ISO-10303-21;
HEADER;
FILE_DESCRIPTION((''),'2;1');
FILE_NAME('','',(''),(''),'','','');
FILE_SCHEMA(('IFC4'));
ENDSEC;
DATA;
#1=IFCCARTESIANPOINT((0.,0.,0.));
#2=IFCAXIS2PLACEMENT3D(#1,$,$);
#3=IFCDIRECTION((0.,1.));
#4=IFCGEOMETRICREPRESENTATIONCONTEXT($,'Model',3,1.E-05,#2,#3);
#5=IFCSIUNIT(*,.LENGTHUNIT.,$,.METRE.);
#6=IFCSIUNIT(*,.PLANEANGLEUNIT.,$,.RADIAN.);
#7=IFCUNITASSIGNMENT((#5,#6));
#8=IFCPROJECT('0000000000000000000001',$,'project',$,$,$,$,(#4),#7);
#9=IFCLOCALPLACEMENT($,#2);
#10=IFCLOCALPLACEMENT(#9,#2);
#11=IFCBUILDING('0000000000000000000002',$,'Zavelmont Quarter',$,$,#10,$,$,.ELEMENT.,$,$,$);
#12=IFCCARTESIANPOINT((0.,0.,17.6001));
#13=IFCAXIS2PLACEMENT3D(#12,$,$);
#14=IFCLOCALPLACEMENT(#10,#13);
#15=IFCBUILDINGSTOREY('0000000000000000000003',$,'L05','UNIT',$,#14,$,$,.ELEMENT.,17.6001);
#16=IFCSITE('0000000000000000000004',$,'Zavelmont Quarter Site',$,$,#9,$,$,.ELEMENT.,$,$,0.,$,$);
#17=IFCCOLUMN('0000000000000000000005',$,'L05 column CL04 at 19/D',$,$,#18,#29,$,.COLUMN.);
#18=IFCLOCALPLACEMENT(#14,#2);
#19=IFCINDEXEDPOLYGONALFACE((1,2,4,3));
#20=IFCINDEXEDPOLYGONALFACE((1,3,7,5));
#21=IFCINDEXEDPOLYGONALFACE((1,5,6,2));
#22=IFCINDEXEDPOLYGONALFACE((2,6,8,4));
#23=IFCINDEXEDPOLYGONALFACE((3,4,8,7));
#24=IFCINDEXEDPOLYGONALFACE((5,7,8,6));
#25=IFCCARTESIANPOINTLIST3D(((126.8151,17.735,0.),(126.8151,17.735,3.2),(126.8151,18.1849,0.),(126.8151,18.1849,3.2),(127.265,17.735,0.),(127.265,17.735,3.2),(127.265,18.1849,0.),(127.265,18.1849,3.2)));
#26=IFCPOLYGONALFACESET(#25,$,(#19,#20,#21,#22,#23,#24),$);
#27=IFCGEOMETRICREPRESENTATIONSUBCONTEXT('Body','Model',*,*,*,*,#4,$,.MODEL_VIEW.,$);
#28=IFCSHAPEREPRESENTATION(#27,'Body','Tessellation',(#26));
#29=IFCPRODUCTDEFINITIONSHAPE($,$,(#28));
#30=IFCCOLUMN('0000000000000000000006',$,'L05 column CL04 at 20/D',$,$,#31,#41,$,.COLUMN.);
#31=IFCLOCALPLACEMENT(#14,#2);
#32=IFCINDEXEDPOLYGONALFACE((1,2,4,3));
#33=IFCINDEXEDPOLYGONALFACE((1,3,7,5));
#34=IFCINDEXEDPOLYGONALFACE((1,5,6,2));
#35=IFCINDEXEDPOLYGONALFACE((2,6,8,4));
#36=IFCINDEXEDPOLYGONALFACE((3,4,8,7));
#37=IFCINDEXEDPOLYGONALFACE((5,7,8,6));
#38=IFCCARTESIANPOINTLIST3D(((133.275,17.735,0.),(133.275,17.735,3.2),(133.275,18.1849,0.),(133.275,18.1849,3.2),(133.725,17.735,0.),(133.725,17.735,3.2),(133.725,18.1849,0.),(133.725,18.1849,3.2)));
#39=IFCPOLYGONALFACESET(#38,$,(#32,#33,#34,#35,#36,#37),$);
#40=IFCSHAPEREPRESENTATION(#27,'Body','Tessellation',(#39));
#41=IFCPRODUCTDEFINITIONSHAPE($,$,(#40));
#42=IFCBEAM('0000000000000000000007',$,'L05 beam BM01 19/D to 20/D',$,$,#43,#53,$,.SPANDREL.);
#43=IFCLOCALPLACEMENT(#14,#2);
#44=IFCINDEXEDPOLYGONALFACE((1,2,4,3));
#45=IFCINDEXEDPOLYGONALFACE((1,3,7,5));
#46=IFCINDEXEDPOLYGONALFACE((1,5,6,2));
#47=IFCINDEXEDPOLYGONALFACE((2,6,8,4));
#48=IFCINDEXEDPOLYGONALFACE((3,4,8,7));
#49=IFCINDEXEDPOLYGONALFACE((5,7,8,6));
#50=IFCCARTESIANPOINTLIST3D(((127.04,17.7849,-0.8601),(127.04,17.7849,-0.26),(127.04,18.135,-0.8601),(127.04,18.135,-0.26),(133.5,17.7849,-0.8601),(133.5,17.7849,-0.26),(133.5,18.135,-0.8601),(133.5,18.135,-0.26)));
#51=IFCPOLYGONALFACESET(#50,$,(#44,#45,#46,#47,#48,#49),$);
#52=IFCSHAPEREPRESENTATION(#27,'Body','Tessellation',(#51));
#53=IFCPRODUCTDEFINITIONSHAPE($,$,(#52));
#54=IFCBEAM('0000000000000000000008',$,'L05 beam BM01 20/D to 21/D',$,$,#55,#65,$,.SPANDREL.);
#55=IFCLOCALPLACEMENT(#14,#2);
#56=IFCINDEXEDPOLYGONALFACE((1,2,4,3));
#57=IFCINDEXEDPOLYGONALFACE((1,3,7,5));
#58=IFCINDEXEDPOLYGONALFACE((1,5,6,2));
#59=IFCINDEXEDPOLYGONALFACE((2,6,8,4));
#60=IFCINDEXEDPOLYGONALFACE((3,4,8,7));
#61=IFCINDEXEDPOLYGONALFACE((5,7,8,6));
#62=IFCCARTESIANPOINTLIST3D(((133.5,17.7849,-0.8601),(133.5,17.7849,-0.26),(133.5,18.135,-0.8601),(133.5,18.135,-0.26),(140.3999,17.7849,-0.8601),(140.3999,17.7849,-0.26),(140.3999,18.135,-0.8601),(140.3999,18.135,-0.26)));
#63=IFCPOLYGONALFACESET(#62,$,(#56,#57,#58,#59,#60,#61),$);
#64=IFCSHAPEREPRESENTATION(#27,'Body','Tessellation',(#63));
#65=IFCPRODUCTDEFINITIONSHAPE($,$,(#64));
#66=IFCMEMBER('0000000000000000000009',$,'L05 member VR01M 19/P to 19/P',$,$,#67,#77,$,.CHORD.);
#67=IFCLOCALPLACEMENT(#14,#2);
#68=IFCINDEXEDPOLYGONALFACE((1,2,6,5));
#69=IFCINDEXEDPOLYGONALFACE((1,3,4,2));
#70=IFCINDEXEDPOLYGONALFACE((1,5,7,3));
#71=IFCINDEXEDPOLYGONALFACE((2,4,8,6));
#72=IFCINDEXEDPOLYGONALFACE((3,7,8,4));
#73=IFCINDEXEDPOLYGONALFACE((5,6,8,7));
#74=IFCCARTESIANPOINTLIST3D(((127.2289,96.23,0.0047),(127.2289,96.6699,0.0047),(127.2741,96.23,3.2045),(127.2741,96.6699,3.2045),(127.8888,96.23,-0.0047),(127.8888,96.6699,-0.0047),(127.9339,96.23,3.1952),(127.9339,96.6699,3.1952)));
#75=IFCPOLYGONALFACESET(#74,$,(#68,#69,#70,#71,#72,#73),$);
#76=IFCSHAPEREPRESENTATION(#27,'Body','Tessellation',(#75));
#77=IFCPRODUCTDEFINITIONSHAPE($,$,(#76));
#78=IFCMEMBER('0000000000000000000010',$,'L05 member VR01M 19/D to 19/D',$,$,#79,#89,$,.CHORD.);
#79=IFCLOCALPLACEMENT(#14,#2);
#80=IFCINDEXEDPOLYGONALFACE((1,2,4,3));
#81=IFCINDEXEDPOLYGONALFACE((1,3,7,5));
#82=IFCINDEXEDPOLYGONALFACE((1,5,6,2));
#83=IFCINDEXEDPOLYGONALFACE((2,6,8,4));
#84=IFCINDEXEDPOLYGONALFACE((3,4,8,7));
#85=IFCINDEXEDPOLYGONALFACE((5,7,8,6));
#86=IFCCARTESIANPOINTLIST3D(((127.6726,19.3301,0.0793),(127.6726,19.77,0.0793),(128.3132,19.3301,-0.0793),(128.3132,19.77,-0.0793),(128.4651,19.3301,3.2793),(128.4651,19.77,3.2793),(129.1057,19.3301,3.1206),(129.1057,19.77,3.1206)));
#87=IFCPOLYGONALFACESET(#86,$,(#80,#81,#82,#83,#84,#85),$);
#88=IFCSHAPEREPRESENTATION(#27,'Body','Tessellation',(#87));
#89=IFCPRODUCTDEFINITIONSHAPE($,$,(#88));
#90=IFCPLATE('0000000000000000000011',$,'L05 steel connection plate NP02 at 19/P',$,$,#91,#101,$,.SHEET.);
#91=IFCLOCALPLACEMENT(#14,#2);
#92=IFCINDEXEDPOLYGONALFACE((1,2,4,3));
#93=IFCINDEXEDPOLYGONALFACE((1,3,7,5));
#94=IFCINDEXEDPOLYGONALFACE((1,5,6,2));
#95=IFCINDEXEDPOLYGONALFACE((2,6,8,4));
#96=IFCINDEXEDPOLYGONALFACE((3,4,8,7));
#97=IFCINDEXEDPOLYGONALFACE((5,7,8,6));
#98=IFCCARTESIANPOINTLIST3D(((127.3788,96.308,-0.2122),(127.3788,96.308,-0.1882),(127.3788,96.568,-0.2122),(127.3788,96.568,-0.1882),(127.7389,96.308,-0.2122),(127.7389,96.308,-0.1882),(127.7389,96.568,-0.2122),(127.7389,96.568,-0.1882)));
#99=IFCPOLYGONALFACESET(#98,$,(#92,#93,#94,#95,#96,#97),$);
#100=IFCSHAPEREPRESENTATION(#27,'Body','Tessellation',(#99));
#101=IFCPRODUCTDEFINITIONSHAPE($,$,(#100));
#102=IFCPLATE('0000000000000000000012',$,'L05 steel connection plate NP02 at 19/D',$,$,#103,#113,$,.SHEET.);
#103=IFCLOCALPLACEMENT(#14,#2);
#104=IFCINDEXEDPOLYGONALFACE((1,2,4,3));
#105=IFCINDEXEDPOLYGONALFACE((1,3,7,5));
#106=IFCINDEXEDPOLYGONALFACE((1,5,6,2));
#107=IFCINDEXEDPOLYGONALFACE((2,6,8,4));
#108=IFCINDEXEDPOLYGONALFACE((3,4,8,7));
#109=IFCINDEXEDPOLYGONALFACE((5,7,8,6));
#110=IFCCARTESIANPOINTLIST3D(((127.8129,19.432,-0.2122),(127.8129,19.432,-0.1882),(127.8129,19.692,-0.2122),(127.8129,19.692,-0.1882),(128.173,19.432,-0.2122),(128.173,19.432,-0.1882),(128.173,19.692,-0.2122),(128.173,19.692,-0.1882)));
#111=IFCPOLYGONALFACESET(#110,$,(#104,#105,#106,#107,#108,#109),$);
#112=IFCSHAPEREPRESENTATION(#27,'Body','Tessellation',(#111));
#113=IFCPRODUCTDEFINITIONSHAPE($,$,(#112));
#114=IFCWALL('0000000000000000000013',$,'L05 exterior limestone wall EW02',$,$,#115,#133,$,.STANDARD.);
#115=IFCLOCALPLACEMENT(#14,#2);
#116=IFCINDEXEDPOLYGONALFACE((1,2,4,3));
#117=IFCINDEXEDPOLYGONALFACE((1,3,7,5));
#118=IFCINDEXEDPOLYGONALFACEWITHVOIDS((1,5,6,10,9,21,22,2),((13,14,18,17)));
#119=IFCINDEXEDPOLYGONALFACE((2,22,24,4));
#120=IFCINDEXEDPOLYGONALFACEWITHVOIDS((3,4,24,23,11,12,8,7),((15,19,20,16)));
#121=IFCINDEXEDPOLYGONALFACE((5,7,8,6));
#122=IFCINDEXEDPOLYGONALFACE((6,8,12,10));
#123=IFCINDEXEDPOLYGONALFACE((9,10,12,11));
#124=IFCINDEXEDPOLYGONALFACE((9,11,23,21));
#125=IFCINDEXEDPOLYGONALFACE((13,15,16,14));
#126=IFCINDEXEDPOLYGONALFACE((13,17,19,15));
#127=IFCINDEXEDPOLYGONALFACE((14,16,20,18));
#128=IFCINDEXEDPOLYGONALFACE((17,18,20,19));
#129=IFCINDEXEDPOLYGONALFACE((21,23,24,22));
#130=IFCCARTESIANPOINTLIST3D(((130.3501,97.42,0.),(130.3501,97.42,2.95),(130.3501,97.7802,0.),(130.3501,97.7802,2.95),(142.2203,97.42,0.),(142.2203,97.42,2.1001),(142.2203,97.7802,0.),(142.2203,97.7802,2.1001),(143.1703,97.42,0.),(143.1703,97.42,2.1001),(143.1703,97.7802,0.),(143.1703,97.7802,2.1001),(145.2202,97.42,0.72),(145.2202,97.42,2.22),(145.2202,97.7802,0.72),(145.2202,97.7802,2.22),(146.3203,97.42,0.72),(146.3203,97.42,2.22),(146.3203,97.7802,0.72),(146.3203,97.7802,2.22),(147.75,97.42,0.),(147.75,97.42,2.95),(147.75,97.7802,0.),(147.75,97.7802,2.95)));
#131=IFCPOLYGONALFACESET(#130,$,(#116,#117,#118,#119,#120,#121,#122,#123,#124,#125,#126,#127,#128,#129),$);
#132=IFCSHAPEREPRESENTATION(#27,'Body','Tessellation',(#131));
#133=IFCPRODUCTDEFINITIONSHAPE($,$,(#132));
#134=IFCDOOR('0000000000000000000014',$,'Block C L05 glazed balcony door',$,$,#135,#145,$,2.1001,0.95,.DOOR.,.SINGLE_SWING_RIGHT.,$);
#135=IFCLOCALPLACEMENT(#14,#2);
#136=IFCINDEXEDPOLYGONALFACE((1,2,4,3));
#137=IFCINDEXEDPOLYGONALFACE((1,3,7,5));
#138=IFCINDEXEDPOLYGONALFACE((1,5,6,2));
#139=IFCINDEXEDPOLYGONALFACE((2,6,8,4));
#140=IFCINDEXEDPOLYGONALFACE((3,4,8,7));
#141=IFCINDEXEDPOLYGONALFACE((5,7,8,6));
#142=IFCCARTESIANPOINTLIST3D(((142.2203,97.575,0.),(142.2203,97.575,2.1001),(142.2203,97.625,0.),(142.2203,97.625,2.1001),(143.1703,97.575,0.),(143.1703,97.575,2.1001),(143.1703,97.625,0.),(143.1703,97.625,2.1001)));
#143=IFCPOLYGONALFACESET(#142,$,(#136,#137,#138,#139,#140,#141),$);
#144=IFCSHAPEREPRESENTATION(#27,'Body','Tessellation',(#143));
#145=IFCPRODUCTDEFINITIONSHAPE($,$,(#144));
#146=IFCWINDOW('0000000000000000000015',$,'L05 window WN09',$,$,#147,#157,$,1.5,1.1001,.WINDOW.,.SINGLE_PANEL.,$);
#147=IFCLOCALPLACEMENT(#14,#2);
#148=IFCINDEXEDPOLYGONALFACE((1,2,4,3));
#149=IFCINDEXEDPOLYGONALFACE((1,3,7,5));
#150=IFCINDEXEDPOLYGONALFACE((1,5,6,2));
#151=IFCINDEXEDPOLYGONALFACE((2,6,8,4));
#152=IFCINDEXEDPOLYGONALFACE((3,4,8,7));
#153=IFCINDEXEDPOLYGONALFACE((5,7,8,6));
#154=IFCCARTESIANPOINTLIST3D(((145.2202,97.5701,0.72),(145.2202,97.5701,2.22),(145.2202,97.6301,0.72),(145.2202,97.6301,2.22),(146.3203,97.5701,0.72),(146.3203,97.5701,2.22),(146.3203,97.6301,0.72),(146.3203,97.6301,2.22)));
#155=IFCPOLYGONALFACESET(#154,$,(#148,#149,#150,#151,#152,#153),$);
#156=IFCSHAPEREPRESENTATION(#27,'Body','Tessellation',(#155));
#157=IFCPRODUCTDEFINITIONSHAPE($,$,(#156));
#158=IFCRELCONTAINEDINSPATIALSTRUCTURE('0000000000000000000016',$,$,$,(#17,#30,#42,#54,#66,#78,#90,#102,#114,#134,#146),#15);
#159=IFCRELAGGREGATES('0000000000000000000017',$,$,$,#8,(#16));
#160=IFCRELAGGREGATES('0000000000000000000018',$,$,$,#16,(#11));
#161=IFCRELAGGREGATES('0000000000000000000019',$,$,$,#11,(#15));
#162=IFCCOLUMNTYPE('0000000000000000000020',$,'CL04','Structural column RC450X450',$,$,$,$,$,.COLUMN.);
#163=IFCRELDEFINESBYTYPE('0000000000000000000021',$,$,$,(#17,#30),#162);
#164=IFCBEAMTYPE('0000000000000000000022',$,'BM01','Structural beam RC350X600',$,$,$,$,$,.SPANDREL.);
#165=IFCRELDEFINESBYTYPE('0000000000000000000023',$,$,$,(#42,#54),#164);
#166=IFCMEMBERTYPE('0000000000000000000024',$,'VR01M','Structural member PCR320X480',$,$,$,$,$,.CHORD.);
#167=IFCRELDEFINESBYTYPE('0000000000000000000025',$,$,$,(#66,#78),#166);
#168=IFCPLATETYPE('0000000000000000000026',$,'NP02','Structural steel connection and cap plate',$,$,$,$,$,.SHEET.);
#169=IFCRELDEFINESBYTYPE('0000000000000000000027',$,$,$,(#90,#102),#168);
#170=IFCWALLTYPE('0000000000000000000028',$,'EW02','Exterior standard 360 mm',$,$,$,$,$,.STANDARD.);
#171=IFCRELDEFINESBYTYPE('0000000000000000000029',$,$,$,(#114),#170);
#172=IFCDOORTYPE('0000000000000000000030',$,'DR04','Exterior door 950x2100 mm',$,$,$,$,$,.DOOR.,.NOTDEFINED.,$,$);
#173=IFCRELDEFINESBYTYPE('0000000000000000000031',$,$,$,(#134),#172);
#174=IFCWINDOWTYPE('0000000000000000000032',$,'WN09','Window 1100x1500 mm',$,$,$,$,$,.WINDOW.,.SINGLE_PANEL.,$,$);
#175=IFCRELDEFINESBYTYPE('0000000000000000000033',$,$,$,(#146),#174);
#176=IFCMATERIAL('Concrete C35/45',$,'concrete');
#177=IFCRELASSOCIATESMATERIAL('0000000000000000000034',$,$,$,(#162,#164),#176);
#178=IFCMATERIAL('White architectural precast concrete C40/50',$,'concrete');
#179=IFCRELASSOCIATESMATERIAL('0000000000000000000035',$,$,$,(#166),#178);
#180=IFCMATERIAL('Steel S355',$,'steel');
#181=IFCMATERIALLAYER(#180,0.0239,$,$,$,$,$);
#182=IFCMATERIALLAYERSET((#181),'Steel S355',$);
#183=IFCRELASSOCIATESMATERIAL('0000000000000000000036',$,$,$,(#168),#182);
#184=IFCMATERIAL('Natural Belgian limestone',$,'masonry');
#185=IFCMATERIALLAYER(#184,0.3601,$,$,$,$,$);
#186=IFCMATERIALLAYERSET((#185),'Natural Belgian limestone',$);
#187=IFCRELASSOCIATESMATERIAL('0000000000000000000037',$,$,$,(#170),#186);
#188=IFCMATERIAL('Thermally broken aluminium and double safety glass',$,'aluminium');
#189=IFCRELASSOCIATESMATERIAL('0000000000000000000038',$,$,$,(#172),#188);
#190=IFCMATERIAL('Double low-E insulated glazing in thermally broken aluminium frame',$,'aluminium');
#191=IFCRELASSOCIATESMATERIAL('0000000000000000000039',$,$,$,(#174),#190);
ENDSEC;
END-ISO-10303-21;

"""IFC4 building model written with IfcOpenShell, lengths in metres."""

from ifc_helpers import new_model, si_unit, direction, frame, frame_2d, origin, origin_with_axes, origin_2d, place, context, subcontext, project, spatial, rectangle, extrude, material, layer, layer_set, material_profile, profile_set, type_object, element, fill, save


model = new_model("IFC4")

# Units and contexts
model_context = context("Model", 3, precision=1e-05, world=origin(), true_north=direction((0.0, 1.0)))
body_context = subcontext(model_context, "Body", "Model", "MODEL_VIEW")
ifc_project = project(units=[si_unit("LENGTHUNIT", "METRE"), si_unit("PLANEANGLEUNIT", "RADIAN")], contexts=[model_context])

# Site, building, storey
site_placement = place(None, origin())
site = spatial("IfcSite", under=ifc_project, at=site_placement, Name="Zavelmont Quarter Site", CompositionType="ELEMENT", RefElevation=0.0)
building_placement = place(site_placement, origin())
building = spatial("IfcBuilding", under=site, at=building_placement, Name="Zavelmont Quarter", CompositionType="ELEMENT")
storey_placement = place(building_placement, frame((0.0, 0.0, 17.6001)))
storey = spatial("IfcBuildingStorey", under=building, at=storey_placement, Name="L05", Description="UNIT", CompositionType="ELEMENT", Elevation=17.6001)

# Columns
ifc_material_1 = material(Name="Concrete C35/45", Category="concrete")
ifc_material_profile_1 = material_profile(ifc_material_1, rectangle(XDim=0.45, YDim=0.45, at=origin_2d()), Name="RC450X450")
ifc_profile_set_1 = profile_set([ifc_material_profile_1], Name="Concrete C35/45")
column_type = type_object("IfcColumnType", Name="CL04", Description="Structural column RC450X450", PredefinedType="COLUMN", material=ifc_profile_set_1)
for number, where, z_axis, x_axis, name in (
    (1, (127.04, 17.96, 0.0), (0.0, 0.0, 1.0), (1.0, 0.0, 0.0), "L05 column CL04 at 19/D"),
    (2, (133.5, 17.96, 0.0), (0.0, 0.0, 1.0), (1.0, 0.0, 0.0), "L05 column CL04 at 20/D"),
):
    element("IfcColumn", number, at=place(storey_placement, frame(where, z_axis=z_axis, x_axis=x_axis)), inside=storey, type_object=column_type, Name=name, PredefinedType="COLUMN", context=body_context, shape_type="SweptSolid", body=[
        extrude(rectangle(XDim=0.45, YDim=0.45, at=origin_2d()), origin(), (0.0, 0.0, 1.0), 3.2),
    ])

# Beams
ifc_material_profile_2 = material_profile(ifc_material_1, rectangle(XDim=0.3501, YDim=0.6001, at=origin_2d()), Name="RC350X600")
ifc_profile_set_2 = profile_set([ifc_material_profile_2], Name="Concrete C35/45")
beam_type = type_object("IfcBeamType", Name="BM01", Description="Structural beam RC350X600", PredefinedType="SPANDREL", material=ifc_profile_set_2)
beam_1_placement = place(storey_placement, frame((127.04, 17.96, -0.5601), z_axis=(1.0, 0.0, 0.0), x_axis=(0.0, 1.0, 0.0)))
element("IfcBeam", 3, at=beam_1_placement, inside=storey, type_object=beam_type, Name="L05 beam BM01 19/D to 20/D", PredefinedType="SPANDREL", context=body_context, shape_type="SweptSolid", body=[
    extrude(rectangle(XDim=0.3501, YDim=0.6001, at=origin_2d()), origin(), (0.0, 0.0, 1.0), 6.46),
])
beam_2_placement = place(storey_placement, frame((133.5, 17.96, -0.5601), z_axis=(1.0, 0.0, 0.0), x_axis=(0.0, 1.0, 0.0)))
element("IfcBeam", 4, at=beam_2_placement, inside=storey, type_object=beam_type, Name="L05 beam BM01 20/D to 21/D", PredefinedType="SPANDREL", context=body_context, shape_type="SweptSolid", body=[
    extrude(rectangle(XDim=0.3501, YDim=0.6001, at=origin_2d()), origin(), (0.0, 0.0, 1.0), 6.8999),
])

# Members
ifc_material_2 = material(Name="White architectural precast concrete C40/50", Category="concrete")
ifc_material_profile_3 = material_profile(ifc_material_2, rectangle(XDim=0.4399, YDim=0.6599, at=origin_2d()), Name="PCR320X480")
ifc_profile_set_3 = profile_set([ifc_material_profile_3], Name="White architectural precast concrete C40/50")
member_type = type_object("IfcMemberType", Name="VR01M", Description="Structural member PCR320X480", PredefinedType="CHORD", material=ifc_profile_set_3)
member_1_placement = place(storey_placement, frame((127.5588, 96.45, 0.0), z_axis=(0.014113, 0.0, 0.9999), x_axis=(0.0, 1.0, 0.0)))
element("IfcMember", 5, at=member_1_placement, inside=storey, type_object=member_type, Name="L05 member VR01M 19/P to 19/P", PredefinedType="CHORD", context=body_context, shape_type="SweptSolid", body=[
    extrude(rectangle(XDim=0.4399, YDim=0.6599, at=origin_2d()), origin(), (0.0, 0.0, 1.0), 3.2002),
])
member_2_placement = place(storey_placement, frame((127.9929, 19.55, 0.0), z_axis=(0.240392, 0.0, 0.970676), x_axis=(0.0, 1.0, 0.0)))
element("IfcMember", 6, at=member_2_placement, inside=storey, type_object=member_type, Name="L05 member VR01M 19/D to 19/D", PredefinedType="CHORD", context=body_context, shape_type="SweptSolid", body=[
    extrude(rectangle(XDim=0.4399, YDim=0.6599, at=origin_2d()), origin(), (0.0, 0.0, 1.0), 3.2966),
])

# Plates
ifc_material_3 = material(Name="Steel S355", Category="steel")
ifc_layer_1 = layer(ifc_material_3, 0.0239)
ifc_layer_set_1 = layer_set([ifc_layer_1], Name="Steel S355")
plate_type = type_object("IfcPlateType", Name="NP02", Description="Structural steel connection and cap plate", PredefinedType="SHEET", material=ifc_layer_set_1)
for number, where, z_axis, x_axis, name in (
    (7, (127.5588, 96.438, -0.2122), (0.0, 0.0, 1.0), (1.0, 0.0, 0.0), "L05 steel connection plate NP02 at 19/P"),
    (8, (127.9929, 19.562, -0.2122), (0.0, 0.0, 1.0), (1.0, 0.0, 0.0), "L05 steel connection plate NP02 at 19/D"),
):
    element("IfcPlate", number, at=place(storey_placement, frame(where, z_axis=z_axis, x_axis=x_axis)), inside=storey, type_object=plate_type, Name=name, PredefinedType="SHEET", context=body_context, shape_type="SweptSolid", body=[
        extrude(rectangle(XDim=0.3601, YDim=0.26, at=origin_2d()), origin(), (0.0, 0.0, 1.0), 0.0239),
    ])

# Wall, openings, door, window
ifc_material_4 = material(Name="Natural Belgian limestone", Category="masonry")
ifc_layer_2 = layer(ifc_material_4, 0.3601)
ifc_layer_set_2 = layer_set([ifc_layer_2], Name="Natural Belgian limestone")
wall_type_1 = type_object("IfcWallType", Name="EW02", Description="Exterior standard 360 mm", PredefinedType="STANDARD", material=ifc_layer_set_2)
wall_1_placement = place(storey_placement, frame((130.3501, 97.6001, 0.0), z_axis=(0.0, 0.0, 1.0), x_axis=(1.0, 0.0, 0.0)))
wall_1 = element("IfcWall", 9, at=wall_1_placement, inside=storey, type_object=wall_type_1, Name="L05 exterior limestone wall EW02", PredefinedType="STANDARD", context=body_context, shape_type="SweptSolid", body=[
    extrude(rectangle(XDim=17.3999, YDim=0.3601, at=frame_2d((8.7, 0.0))), origin(), (0.0, 0.0, 1.0), 2.95),
])
opening_1_placement = place(wall_1_placement, frame((11.8701, 0.0, 0.0)))
opening_1 = element("IfcOpeningElement", 10, at=opening_1_placement, cuts=wall_1, PredefinedType="OPENING", context=body_context, shape_type="SweptSolid", body=[
    extrude(rectangle(XDim=0.95, YDim=2.1001, at=frame_2d((0.4751, 1.05))), frame((0.0, 0.1919, 0.0), z_axis=(0.0, -1.0, 0.0), x_axis=(1.0, 0.0, 0.0)), (0.0, 0.0, 1.0), 0.384),
])
opening_2_placement = place(wall_1_placement, frame((14.8701, 0.0, 0.72)))
opening_2 = element("IfcOpeningElement", 11, at=opening_2_placement, cuts=wall_1, PredefinedType="OPENING", context=body_context, shape_type="SweptSolid", body=[
    extrude(rectangle(XDim=1.1001, YDim=1.5, at=frame_2d((0.55, 0.75))), frame((0.0, 0.1919, 0.0), z_axis=(0.0, -1.0, 0.0), x_axis=(1.0, 0.0, 0.0)), (0.0, 0.0, 1.0), 0.384),
])
ifc_material_5 = material(Name="Thermally broken aluminium and double safety glass", Category="aluminium")
door_type_1 = type_object("IfcDoorType", Name="DR04", Description="Exterior door 950x2100 mm", OperationType="NOTDEFINED", PredefinedType="DOOR", material=ifc_material_5)
door_1_placement = place(opening_1_placement, origin_with_axes())
door_1 = element("IfcDoor", 12, at=door_1_placement, inside=storey, type_object=door_type_1, Name="Block C L05 glazed balcony door", OperationType="SINGLE_SWING_RIGHT", OverallHeight=2.1001, OverallWidth=0.95, PredefinedType="DOOR", context=body_context, shape_type="SweptSolid", body=[
    extrude(rectangle(XDim=0.95, YDim=2.1001, at=frame_2d((0.4751, 1.05))), frame((0.0, 0.0249, 0.0), z_axis=(0.0, -1.0, 0.0), x_axis=(1.0, 0.0, 0.0)), (0.0, 0.0, 1.0), 0.05),
])
fill(opening_1, door_1)
ifc_material_6 = material(Name="Double low-E insulated glazing in thermally broken aluminium frame", Category="aluminium")
window_type = type_object("IfcWindowType", Name="WN09", Description="Window 1100x1500 mm", PartitioningType="SINGLE_PANEL", PredefinedType="WINDOW", material=ifc_material_6)
window_1_placement = place(opening_2_placement, origin_with_axes())
window_1 = element("IfcWindow", 13, at=window_1_placement, inside=storey, type_object=window_type, Name="L05 window WN09", OverallHeight=1.5, OverallWidth=1.1001, PartitioningType="SINGLE_PANEL", PredefinedType="WINDOW", context=body_context, shape_type="SweptSolid", body=[
    extrude(rectangle(XDim=1.1001, YDim=1.5, at=frame_2d((0.55, 0.75))), frame((0.0, 0.03, 0.0), z_axis=(0.0, -1.0, 0.0), x_axis=(1.0, 0.0, 0.0)), (0.0, 0.0, 1.0), 0.0601),
])
fill(opening_2, window_1)

save(model, "model.ifc")
